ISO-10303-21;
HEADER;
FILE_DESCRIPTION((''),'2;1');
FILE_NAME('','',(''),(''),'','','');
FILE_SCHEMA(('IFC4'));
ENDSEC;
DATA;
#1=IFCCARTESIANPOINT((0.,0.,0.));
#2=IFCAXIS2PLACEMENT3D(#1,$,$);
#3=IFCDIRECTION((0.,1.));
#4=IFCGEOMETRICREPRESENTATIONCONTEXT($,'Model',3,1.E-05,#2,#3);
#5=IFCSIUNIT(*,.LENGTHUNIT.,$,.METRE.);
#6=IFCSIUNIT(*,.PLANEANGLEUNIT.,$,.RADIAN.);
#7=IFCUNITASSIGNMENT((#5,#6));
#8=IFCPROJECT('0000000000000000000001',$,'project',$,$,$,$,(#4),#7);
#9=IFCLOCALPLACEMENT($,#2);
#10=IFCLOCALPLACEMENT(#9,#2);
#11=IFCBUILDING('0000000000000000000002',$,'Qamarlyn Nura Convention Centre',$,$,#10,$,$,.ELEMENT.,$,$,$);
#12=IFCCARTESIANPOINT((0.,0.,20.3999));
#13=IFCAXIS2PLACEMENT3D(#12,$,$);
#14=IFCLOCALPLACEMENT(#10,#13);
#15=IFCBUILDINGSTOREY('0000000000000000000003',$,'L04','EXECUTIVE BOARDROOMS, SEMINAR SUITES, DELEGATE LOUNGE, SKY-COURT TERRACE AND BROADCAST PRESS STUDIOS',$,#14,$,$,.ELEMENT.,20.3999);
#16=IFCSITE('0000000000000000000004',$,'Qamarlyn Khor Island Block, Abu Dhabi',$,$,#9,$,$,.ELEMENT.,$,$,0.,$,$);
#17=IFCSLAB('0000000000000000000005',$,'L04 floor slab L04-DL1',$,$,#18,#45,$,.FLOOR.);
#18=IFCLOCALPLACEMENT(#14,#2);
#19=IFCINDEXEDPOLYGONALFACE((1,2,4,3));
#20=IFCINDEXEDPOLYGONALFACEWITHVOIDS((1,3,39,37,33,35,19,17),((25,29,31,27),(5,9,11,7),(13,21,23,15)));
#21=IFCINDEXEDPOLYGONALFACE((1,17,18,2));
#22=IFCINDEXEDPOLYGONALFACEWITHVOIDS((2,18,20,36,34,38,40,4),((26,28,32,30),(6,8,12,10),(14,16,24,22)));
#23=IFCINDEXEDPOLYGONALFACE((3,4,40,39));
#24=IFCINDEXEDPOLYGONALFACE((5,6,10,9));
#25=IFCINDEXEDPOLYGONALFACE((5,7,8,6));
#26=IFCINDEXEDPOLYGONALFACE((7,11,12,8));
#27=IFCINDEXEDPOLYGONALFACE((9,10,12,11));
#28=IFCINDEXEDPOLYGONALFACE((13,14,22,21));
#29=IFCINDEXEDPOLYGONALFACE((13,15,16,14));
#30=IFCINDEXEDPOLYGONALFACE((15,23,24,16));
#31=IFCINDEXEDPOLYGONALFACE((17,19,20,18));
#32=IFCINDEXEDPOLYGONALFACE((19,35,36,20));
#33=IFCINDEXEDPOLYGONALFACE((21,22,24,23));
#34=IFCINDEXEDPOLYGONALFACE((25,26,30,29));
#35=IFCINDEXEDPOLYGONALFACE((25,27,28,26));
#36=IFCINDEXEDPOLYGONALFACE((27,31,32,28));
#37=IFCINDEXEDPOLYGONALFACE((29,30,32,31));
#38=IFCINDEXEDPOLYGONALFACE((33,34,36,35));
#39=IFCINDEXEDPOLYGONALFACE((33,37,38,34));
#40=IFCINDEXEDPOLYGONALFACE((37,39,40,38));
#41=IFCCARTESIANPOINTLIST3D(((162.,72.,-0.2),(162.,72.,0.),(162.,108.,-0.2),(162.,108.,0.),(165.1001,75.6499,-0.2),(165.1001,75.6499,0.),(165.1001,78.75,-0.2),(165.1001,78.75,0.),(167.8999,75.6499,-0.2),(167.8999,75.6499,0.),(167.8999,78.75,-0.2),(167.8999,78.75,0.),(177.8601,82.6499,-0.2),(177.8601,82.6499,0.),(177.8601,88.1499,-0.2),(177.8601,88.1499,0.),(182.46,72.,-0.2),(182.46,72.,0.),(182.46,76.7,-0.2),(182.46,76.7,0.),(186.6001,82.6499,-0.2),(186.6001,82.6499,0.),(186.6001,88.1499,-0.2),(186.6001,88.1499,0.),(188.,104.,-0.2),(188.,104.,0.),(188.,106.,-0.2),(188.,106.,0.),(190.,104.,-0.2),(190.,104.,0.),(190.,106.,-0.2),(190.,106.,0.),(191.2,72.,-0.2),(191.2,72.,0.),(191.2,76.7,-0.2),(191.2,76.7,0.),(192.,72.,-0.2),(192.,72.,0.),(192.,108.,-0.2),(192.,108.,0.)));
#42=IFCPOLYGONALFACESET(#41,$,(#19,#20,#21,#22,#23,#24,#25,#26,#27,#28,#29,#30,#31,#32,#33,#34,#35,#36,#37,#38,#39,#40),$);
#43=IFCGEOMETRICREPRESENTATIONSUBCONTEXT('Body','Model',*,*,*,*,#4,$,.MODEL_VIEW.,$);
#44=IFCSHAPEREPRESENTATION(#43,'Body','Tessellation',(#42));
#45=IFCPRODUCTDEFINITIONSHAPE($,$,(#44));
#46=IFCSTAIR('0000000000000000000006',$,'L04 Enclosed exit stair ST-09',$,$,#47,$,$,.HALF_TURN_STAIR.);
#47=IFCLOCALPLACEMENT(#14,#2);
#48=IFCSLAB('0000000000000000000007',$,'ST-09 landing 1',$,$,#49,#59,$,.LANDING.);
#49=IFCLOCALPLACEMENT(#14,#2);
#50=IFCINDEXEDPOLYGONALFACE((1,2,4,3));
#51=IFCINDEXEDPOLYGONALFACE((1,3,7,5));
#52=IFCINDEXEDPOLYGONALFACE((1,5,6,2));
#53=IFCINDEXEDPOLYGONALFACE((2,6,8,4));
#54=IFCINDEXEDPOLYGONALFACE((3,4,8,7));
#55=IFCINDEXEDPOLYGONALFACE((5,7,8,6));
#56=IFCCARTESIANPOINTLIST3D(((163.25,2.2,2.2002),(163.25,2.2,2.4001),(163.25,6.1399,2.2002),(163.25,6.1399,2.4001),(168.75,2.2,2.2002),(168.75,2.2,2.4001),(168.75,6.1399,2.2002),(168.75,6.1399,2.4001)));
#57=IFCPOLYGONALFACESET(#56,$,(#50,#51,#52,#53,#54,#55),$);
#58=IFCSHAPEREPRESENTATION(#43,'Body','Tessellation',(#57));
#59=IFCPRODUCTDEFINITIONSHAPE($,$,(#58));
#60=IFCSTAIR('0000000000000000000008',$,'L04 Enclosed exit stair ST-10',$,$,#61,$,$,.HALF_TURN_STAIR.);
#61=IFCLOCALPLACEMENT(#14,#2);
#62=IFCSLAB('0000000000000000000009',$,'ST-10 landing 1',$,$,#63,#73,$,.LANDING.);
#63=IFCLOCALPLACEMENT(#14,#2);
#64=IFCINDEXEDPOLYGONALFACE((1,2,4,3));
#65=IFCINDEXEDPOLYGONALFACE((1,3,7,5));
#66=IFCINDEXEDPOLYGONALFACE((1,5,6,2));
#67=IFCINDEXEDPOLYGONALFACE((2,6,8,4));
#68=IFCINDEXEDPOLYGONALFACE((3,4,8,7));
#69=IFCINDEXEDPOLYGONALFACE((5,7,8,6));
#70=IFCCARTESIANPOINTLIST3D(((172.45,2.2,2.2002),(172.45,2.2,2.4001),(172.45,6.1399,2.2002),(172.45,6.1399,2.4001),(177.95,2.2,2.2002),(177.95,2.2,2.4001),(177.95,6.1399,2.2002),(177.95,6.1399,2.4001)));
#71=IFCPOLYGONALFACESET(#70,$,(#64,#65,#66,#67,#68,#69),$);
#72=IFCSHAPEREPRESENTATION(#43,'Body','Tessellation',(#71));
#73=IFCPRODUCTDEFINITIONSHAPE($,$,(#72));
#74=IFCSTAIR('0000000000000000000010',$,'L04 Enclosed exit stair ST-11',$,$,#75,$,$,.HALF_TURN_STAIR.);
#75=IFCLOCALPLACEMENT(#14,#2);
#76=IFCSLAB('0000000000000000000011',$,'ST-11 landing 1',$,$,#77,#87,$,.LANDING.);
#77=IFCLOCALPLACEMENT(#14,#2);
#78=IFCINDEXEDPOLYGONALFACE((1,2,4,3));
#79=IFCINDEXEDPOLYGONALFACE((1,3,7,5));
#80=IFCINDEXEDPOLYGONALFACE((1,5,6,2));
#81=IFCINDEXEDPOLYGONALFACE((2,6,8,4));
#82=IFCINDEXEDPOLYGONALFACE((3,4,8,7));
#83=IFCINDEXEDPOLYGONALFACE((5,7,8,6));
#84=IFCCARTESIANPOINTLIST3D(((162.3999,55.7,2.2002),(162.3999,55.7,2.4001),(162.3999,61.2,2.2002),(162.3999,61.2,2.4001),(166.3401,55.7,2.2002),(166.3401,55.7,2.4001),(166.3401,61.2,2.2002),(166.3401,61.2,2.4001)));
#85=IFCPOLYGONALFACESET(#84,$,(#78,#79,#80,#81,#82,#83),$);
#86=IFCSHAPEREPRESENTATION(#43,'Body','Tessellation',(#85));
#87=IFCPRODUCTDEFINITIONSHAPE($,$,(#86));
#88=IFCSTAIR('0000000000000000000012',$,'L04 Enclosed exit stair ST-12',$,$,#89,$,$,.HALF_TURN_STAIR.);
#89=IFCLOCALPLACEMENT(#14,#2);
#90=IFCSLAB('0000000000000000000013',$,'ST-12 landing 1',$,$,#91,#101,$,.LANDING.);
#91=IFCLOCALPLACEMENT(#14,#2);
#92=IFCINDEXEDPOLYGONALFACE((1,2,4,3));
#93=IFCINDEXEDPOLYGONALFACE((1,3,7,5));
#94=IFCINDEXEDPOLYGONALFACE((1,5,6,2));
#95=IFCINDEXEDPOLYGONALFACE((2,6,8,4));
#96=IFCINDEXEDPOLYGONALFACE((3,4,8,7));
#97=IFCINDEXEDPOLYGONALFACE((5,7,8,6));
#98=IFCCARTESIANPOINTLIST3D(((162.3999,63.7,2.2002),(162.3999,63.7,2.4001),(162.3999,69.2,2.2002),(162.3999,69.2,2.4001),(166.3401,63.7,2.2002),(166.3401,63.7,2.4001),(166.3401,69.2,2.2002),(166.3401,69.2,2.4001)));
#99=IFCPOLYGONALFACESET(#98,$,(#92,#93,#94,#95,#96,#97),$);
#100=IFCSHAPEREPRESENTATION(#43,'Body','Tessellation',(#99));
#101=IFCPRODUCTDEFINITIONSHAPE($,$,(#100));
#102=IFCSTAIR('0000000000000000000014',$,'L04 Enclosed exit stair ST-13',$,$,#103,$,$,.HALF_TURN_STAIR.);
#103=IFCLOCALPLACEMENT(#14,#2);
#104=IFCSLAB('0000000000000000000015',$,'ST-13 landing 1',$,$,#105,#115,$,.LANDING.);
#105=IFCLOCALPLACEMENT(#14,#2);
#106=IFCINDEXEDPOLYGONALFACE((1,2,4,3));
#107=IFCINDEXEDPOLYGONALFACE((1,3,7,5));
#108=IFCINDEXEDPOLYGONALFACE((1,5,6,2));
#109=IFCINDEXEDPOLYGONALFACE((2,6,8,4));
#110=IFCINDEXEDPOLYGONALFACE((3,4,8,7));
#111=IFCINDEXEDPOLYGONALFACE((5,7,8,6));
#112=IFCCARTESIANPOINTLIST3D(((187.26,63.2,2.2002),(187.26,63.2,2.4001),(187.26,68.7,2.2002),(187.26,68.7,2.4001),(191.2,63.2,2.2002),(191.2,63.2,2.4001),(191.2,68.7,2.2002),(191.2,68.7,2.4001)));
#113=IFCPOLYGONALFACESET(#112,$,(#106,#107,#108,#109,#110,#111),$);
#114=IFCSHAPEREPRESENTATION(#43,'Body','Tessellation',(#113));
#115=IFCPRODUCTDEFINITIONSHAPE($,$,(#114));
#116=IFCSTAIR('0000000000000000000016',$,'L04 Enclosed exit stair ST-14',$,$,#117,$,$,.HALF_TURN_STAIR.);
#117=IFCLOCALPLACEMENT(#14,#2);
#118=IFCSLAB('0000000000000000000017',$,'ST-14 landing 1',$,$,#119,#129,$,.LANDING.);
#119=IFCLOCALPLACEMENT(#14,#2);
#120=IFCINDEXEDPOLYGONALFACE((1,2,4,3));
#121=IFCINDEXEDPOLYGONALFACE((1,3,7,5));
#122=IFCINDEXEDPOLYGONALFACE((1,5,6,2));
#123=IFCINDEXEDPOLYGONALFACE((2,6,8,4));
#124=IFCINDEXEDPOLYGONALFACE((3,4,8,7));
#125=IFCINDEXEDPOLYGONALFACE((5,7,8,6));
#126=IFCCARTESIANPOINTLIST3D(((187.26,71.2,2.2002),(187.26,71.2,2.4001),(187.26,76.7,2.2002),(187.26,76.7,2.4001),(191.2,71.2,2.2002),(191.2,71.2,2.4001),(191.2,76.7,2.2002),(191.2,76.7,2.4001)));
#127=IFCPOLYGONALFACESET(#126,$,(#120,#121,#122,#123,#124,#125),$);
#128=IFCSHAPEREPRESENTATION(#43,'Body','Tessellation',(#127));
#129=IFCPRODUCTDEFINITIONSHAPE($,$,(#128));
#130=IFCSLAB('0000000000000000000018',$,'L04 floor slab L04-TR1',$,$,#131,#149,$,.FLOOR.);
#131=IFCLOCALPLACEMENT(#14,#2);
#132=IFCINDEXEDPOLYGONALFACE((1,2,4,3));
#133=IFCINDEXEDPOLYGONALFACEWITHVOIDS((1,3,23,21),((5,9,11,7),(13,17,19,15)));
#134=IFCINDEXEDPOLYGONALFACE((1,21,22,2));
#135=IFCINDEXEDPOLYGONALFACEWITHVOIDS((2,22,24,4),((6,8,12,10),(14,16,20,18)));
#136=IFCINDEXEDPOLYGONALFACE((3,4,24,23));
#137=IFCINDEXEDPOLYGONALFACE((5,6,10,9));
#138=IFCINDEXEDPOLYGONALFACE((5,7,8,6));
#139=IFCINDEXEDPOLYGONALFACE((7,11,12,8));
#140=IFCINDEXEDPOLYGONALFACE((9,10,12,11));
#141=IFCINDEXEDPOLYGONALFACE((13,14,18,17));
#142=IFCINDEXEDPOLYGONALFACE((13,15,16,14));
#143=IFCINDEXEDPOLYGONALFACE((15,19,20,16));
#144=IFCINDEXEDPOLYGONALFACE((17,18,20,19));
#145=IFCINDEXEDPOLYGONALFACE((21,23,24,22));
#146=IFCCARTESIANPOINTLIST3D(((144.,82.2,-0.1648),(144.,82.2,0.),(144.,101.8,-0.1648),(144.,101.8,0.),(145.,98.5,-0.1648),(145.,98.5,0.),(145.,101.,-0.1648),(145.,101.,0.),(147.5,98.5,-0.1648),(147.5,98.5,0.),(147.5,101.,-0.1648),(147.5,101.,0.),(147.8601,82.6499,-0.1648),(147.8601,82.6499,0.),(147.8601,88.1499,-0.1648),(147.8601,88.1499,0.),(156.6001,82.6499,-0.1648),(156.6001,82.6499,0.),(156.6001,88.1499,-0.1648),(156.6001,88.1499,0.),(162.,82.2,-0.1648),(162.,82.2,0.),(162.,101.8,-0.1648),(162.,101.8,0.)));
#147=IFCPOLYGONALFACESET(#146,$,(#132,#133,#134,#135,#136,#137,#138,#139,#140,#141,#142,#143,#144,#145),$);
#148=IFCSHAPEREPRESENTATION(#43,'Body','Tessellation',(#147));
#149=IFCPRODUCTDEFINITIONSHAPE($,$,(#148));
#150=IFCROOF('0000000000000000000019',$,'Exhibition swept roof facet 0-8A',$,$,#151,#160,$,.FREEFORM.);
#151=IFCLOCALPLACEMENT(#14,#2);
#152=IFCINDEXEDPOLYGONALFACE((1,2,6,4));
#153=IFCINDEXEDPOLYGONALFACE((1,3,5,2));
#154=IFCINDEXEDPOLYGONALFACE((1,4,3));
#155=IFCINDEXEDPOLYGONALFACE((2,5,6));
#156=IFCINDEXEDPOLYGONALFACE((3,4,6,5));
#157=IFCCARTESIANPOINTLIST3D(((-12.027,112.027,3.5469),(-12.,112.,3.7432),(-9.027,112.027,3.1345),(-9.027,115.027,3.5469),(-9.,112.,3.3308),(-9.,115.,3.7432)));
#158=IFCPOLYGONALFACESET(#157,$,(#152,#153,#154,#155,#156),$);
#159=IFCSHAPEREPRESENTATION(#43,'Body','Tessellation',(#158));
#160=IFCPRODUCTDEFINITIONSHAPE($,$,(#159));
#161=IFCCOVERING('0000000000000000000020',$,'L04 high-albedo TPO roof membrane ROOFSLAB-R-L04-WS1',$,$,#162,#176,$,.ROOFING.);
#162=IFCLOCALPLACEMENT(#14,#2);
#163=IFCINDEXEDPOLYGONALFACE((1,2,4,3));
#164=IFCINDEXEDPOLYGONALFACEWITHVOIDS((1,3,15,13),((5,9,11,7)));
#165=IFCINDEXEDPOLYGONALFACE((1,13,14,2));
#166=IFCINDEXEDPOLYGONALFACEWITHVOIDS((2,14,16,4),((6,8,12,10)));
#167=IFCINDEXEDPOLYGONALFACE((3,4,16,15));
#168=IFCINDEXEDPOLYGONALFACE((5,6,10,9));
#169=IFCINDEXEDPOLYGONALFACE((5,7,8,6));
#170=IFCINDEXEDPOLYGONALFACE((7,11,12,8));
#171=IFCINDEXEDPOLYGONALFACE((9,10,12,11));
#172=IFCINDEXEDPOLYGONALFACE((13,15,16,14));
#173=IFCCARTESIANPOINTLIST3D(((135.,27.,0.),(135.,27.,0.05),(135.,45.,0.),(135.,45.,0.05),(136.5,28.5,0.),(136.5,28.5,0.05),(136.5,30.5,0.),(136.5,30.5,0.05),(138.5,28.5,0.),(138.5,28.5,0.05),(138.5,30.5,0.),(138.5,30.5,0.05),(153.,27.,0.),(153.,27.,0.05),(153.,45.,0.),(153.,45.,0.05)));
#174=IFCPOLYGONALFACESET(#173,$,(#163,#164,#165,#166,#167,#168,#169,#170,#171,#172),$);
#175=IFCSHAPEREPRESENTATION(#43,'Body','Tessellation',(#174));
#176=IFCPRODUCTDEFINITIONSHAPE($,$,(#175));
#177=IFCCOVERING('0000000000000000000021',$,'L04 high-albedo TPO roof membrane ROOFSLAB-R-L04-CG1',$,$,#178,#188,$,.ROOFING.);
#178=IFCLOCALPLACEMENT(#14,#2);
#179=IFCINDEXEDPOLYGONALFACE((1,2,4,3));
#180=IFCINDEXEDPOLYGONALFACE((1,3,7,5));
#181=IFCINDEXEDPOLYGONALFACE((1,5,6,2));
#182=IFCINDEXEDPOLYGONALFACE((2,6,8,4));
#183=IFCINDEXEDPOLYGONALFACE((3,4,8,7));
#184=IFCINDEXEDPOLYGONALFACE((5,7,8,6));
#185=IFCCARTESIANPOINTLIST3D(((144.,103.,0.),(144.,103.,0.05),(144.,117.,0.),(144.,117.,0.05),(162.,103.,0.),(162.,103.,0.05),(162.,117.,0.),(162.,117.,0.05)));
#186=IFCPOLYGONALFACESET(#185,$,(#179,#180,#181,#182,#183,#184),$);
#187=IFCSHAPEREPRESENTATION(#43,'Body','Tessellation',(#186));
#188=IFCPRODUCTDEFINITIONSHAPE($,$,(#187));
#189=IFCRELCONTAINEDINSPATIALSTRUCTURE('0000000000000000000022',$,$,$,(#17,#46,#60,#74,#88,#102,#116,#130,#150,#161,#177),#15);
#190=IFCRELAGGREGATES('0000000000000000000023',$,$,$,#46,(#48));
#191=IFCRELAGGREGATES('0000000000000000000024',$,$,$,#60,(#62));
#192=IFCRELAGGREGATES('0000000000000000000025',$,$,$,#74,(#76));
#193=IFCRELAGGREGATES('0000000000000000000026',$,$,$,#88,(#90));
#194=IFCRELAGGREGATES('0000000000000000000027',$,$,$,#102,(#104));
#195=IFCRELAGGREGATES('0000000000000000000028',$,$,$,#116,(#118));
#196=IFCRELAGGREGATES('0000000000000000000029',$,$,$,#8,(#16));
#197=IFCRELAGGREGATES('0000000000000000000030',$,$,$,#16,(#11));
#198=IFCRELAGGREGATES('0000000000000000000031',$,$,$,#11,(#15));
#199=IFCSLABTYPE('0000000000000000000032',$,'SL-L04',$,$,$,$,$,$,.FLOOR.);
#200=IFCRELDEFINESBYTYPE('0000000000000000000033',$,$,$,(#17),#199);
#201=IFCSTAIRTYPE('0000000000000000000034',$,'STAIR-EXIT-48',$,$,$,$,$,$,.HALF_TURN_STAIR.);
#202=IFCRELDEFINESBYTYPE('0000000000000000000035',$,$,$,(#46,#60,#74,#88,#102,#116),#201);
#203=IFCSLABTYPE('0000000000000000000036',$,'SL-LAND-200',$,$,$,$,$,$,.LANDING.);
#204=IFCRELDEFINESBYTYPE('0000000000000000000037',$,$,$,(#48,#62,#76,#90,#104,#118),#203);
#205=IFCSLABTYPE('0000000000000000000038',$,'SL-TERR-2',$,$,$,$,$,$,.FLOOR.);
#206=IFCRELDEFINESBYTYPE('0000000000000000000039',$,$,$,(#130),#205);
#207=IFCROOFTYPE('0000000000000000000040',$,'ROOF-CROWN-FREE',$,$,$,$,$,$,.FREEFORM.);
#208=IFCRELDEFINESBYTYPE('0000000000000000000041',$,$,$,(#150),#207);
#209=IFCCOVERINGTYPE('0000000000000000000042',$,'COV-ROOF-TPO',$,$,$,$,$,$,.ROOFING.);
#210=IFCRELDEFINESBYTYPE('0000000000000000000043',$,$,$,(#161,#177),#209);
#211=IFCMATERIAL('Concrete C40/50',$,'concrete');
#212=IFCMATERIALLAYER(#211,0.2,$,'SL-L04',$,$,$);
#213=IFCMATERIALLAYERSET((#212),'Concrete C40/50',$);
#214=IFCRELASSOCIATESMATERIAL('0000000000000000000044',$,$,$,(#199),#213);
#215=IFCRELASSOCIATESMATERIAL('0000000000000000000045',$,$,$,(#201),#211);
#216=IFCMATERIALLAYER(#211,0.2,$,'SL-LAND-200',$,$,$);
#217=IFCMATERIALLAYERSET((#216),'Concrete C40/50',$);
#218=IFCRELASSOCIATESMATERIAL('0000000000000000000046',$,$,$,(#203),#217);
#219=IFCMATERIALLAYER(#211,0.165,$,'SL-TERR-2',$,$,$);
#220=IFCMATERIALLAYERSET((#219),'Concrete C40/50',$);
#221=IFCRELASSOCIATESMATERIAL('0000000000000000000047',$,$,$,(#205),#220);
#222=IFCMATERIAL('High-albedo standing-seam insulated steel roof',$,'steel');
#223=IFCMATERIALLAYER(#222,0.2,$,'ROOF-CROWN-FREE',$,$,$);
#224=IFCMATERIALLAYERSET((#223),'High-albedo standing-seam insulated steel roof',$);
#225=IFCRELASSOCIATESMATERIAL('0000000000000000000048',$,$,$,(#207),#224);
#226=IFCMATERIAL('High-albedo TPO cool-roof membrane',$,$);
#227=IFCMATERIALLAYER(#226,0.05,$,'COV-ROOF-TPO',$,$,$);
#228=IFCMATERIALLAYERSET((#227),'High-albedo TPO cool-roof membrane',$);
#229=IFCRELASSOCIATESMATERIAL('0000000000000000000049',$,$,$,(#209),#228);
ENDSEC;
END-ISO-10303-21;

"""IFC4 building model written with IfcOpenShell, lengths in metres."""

from ifc_helpers import new_model, si_unit, direction, frame, origin, place, context, subcontext, project, spatial, polyline, outline, extrude, material, layer, layer_set, type_object, element, aggregate, save


model = new_model("IFC4")

# Units and contexts
model_context = context("Model", 3, precision=1e-05, world=origin(), true_north=direction((0.0, 1.0)))
body_context = subcontext(model_context, "Body", "Model", "MODEL_VIEW")
ifc_project = project(units=[si_unit("LENGTHUNIT", "METRE"), si_unit("PLANEANGLEUNIT", "RADIAN")], contexts=[model_context])

# Site, building, storey
site_placement = place(None, origin())
site = spatial("IfcSite", under=ifc_project, at=site_placement, Name="Qamarlyn Khor Island Block, Abu Dhabi", CompositionType="ELEMENT", RefElevation=0.0)
building_placement = place(site_placement, origin())
building = spatial("IfcBuilding", under=site, at=building_placement, Name="Qamarlyn Nura Convention Centre", CompositionType="ELEMENT")
storey_placement = place(building_placement, frame((0.0, 0.0, 20.3999)))
storey = spatial("IfcBuildingStorey", under=building, at=storey_placement, Name="L04", Description="EXECUTIVE BOARDROOMS, SEMINAR SUITES, DELEGATE LOUNGE, SKY-COURT TERRACE AND BROADCAST PRESS STUDIOS", CompositionType="ELEMENT", Elevation=20.3999)

# Shared definitions
ifc_material_1 = material(Name="Concrete C40/50", Category="concrete")

# Slab
ifc_layer_1 = layer(ifc_material_1, 0.2, Name="SL-L04")
ifc_layer_set_1 = layer_set([ifc_layer_1], Name="Concrete C40/50")
slab_type_1 = type_object("IfcSlabType", Name="SL-L04", PredefinedType="FLOOR", material=ifc_layer_set_1)
slab_1_placement = place(storey_placement, frame((0.0, 0.0, -0.2)))
element("IfcSlab", 1, at=slab_1_placement, inside=storey, type_object=slab_type_1, Name="L04 floor slab L04-DL1", PredefinedType="FLOOR", context=body_context, shape_type="SweptSolid", body=[
    extrude(outline(polyline([(162.0, 108.0), (192.0, 108.0), (192.0, 72.0), (191.2, 72.0), (191.2, 76.7), (182.46, 76.7), (182.46, 72.0), (162.0, 72.0), (162.0, 108.0)]), holes=[polyline([(188.0, 106.0), (188.0, 104.0), (190.0, 104.0), (190.0, 106.0), (188.0, 106.0)]), polyline([(167.8999, 75.6499), (167.8999, 78.75), (165.1001, 78.75), (165.1001, 75.6499), (167.8999, 75.6499)]), polyline([(177.8601, 82.6499), (186.6001, 82.6499), (186.6001, 88.1499), (177.8601, 88.1499), (177.8601, 82.6499)])]), origin(), (0.0, 0.0, 1.0), 0.2),
])

# Stairs, slabs
stair_type = type_object("IfcStairType", Name="STAIR-EXIT-48", PredefinedType="HALF_TURN_STAIR", material=ifc_material_1)
stair_1_placement = place(storey_placement, origin())
stair_1 = element("IfcStair", 2, at=stair_1_placement, inside=storey, type_object=stair_type, Name="L04 Enclosed exit stair ST-09", PredefinedType="HALF_TURN_STAIR")
ifc_layer_2 = layer(ifc_material_1, 0.2, Name="SL-LAND-200")
ifc_layer_set_2 = layer_set([ifc_layer_2], Name="Concrete C40/50")
slab_type_2 = type_object("IfcSlabType", Name="SL-LAND-200", PredefinedType="LANDING", material=ifc_layer_set_2)
slab_2_placement = place(storey_placement, frame((0.0, 0.0, 2.2002)))
slab_2 = element("IfcSlab", 3, at=slab_2_placement, type_object=slab_type_2, Name="ST-09 landing 1", PredefinedType="LANDING", context=body_context, shape_type="SweptSolid", body=[
    extrude(outline(polyline([(163.25, 6.1399), (163.25, 2.2), (168.75, 2.2), (168.75, 6.1399), (163.25, 6.1399)])), origin(), (0.0, 0.0, 1.0), 0.2),
])
aggregate(stair_1, [slab_2])
stair_2_placement = place(storey_placement, origin())
stair_2 = element("IfcStair", 4, at=stair_2_placement, inside=storey, type_object=stair_type, Name="L04 Enclosed exit stair ST-10", PredefinedType="HALF_TURN_STAIR")
slab_3_placement = place(storey_placement, frame((0.0, 0.0, 2.2002)))
slab_3 = element("IfcSlab", 5, at=slab_3_placement, type_object=slab_type_2, Name="ST-10 landing 1", PredefinedType="LANDING", context=body_context, shape_type="SweptSolid", body=[
    extrude(outline(polyline([(172.45, 6.1399), (172.45, 2.2), (177.95, 2.2), (177.95, 6.1399), (172.45, 6.1399)])), origin(), (0.0, 0.0, 1.0), 0.2),
])
aggregate(stair_2, [slab_3])
stair_3_placement = place(storey_placement, origin())
stair_3 = element("IfcStair", 6, at=stair_3_placement, inside=storey, type_object=stair_type, Name="L04 Enclosed exit stair ST-11", PredefinedType="HALF_TURN_STAIR")
slab_4_placement = place(storey_placement, frame((0.0, 0.0, 2.2002)))
slab_4 = element("IfcSlab", 7, at=slab_4_placement, type_object=slab_type_2, Name="ST-11 landing 1", PredefinedType="LANDING", context=body_context, shape_type="SweptSolid", body=[
    extrude(outline(polyline([(166.3401, 61.2), (162.3999, 61.2), (162.3999, 55.7), (166.3401, 55.7), (166.3401, 61.2)])), origin(), (0.0, 0.0, 1.0), 0.2),
])
aggregate(stair_3, [slab_4])
stair_4_placement = place(storey_placement, origin())
stair_4 = element("IfcStair", 8, at=stair_4_placement, inside=storey, type_object=stair_type, Name="L04 Enclosed exit stair ST-12", PredefinedType="HALF_TURN_STAIR")
slab_5_placement = place(storey_placement, frame((0.0, 0.0, 2.2002)))
slab_5 = element("IfcSlab", 9, at=slab_5_placement, type_object=slab_type_2, Name="ST-12 landing 1", PredefinedType="LANDING", context=body_context, shape_type="SweptSolid", body=[
    extrude(outline(polyline([(166.3401, 69.2), (162.3999, 69.2), (162.3999, 63.7), (166.3401, 63.7), (166.3401, 69.2)])), origin(), (0.0, 0.0, 1.0), 0.2),
])
aggregate(stair_4, [slab_5])
stair_5_placement = place(storey_placement, origin())
stair_5 = element("IfcStair", 10, at=stair_5_placement, inside=storey, type_object=stair_type, Name="L04 Enclosed exit stair ST-13", PredefinedType="HALF_TURN_STAIR")
slab_6_placement = place(storey_placement, frame((0.0, 0.0, 2.2002)))
slab_6 = element("IfcSlab", 11, at=slab_6_placement, type_object=slab_type_2, Name="ST-13 landing 1", PredefinedType="LANDING", context=body_context, shape_type="SweptSolid", body=[
    extrude(outline(polyline([(187.26, 63.2), (191.2, 63.2), (191.2, 68.7), (187.26, 68.7), (187.26, 63.2)])), origin(), (0.0, 0.0, 1.0), 0.2),
])
aggregate(stair_5, [slab_6])
stair_6_placement = place(storey_placement, origin())
stair_6 = element("IfcStair", 12, at=stair_6_placement, inside=storey, type_object=stair_type, Name="L04 Enclosed exit stair ST-14", PredefinedType="HALF_TURN_STAIR")
slab_7_placement = place(storey_placement, frame((0.0, 0.0, 2.2002)))
slab_7 = element("IfcSlab", 13, at=slab_7_placement, type_object=slab_type_2, Name="ST-14 landing 1", PredefinedType="LANDING", context=body_context, shape_type="SweptSolid", body=[
    extrude(outline(polyline([(187.26, 71.2), (191.2, 71.2), (191.2, 76.7), (187.26, 76.7), (187.26, 71.2)])), origin(), (0.0, 0.0, 1.0), 0.2),
])
aggregate(stair_6, [slab_7])

# Slab
ifc_layer_3 = layer(ifc_material_1, 0.165, Name="SL-TERR-2")
ifc_layer_set_3 = layer_set([ifc_layer_3], Name="Concrete C40/50")
slab_type_3 = type_object("IfcSlabType", Name="SL-TERR-2", PredefinedType="FLOOR", material=ifc_layer_set_3)
slab_8_placement = place(storey_placement, frame((0.0, 0.0, -0.1648)))
element("IfcSlab", 14, at=slab_8_placement, inside=storey, type_object=slab_type_3, Name="L04 floor slab L04-TR1", PredefinedType="FLOOR", context=body_context, shape_type="SweptSolid", body=[
    extrude(outline(polyline([(144.0, 101.8), (162.0, 101.8), (162.0, 82.2), (144.0, 82.2), (144.0, 101.8)]), holes=[polyline([(145.0, 101.0), (145.0, 98.5), (147.5, 98.5), (147.5, 101.0), (145.0, 101.0)]), polyline([(156.6001, 82.6499), (156.6001, 88.1499), (147.8601, 88.1499), (147.8601, 82.6499), (156.6001, 82.6499)])]), origin(), (0.0, 0.0, 1.0), 0.1648),
])

# Roof
ifc_material_2 = material(Name="High-albedo standing-seam insulated steel roof", Category="steel")
ifc_layer_4 = layer(ifc_material_2, 0.2, Name="ROOF-CROWN-FREE")
ifc_layer_set_4 = layer_set([ifc_layer_4], Name="High-albedo standing-seam insulated steel roof")
roof_type = type_object("IfcRoofType", Name="ROOF-CROWN-FREE", PredefinedType="FREEFORM", material=ifc_layer_set_4)
roof_placement = place(storey_placement, frame((-12.0, 112.0, 3.7432), z_axis=(0.134926, -0.134926, 0.981626), x_axis=(0.990685, 0.0, -0.136171)))
element("IfcRoof", 15, at=roof_placement, inside=storey, type_object=roof_type, Name="Exhibition swept roof facet 0-8A", PredefinedType="FREEFORM", context=body_context, shape_type="SweptSolid", body=[
    extrude(outline(polyline([(0.0, 0.0), (3.0282, 0.0), (2.9721, 3.0277), (0.0, 0.0)])), origin(), (0.0, 0.0, -1.0), 0.2),
])

# Coverings
ifc_material_3 = material(Name="High-albedo TPO cool-roof membrane")
ifc_layer_5 = layer(ifc_material_3, 0.05, Name="COV-ROOF-TPO")
ifc_layer_set_5 = layer_set([ifc_layer_5], Name="High-albedo TPO cool-roof membrane")
covering_type = type_object("IfcCoveringType", Name="COV-ROOF-TPO", PredefinedType="ROOFING", material=ifc_layer_set_5)
covering_1_placement = place(storey_placement, origin())
element("IfcCovering", 16, at=covering_1_placement, inside=storey, type_object=covering_type, Name="L04 high-albedo TPO roof membrane ROOFSLAB-R-L04-WS1", PredefinedType="ROOFING", context=body_context, shape_type="SweptSolid", body=[
    extrude(outline(polyline([(135.0, 27.0), (135.0, 45.0), (153.0, 45.0), (153.0, 27.0), (135.0, 27.0)]), holes=[polyline([(138.5, 30.5), (136.5, 30.5), (136.5, 28.5), (138.5, 28.5), (138.5, 30.5)])]), origin(), (0.0, 0.0, 1.0), 0.05),
])
covering_2_placement = place(storey_placement, origin())
element("IfcCovering", 17, at=covering_2_placement, inside=storey, type_object=covering_type, Name="L04 high-albedo TPO roof membrane ROOFSLAB-R-L04-CG1", PredefinedType="ROOFING", context=body_context, shape_type="SweptSolid", body=[
    extrude(outline(polyline([(162.0, 103.0), (162.0, 117.0), (144.0, 117.0), (144.0, 103.0), (162.0, 103.0)])), origin(), (0.0, 0.0, 1.0), 0.05),
])

save(model, "model.ifc")
